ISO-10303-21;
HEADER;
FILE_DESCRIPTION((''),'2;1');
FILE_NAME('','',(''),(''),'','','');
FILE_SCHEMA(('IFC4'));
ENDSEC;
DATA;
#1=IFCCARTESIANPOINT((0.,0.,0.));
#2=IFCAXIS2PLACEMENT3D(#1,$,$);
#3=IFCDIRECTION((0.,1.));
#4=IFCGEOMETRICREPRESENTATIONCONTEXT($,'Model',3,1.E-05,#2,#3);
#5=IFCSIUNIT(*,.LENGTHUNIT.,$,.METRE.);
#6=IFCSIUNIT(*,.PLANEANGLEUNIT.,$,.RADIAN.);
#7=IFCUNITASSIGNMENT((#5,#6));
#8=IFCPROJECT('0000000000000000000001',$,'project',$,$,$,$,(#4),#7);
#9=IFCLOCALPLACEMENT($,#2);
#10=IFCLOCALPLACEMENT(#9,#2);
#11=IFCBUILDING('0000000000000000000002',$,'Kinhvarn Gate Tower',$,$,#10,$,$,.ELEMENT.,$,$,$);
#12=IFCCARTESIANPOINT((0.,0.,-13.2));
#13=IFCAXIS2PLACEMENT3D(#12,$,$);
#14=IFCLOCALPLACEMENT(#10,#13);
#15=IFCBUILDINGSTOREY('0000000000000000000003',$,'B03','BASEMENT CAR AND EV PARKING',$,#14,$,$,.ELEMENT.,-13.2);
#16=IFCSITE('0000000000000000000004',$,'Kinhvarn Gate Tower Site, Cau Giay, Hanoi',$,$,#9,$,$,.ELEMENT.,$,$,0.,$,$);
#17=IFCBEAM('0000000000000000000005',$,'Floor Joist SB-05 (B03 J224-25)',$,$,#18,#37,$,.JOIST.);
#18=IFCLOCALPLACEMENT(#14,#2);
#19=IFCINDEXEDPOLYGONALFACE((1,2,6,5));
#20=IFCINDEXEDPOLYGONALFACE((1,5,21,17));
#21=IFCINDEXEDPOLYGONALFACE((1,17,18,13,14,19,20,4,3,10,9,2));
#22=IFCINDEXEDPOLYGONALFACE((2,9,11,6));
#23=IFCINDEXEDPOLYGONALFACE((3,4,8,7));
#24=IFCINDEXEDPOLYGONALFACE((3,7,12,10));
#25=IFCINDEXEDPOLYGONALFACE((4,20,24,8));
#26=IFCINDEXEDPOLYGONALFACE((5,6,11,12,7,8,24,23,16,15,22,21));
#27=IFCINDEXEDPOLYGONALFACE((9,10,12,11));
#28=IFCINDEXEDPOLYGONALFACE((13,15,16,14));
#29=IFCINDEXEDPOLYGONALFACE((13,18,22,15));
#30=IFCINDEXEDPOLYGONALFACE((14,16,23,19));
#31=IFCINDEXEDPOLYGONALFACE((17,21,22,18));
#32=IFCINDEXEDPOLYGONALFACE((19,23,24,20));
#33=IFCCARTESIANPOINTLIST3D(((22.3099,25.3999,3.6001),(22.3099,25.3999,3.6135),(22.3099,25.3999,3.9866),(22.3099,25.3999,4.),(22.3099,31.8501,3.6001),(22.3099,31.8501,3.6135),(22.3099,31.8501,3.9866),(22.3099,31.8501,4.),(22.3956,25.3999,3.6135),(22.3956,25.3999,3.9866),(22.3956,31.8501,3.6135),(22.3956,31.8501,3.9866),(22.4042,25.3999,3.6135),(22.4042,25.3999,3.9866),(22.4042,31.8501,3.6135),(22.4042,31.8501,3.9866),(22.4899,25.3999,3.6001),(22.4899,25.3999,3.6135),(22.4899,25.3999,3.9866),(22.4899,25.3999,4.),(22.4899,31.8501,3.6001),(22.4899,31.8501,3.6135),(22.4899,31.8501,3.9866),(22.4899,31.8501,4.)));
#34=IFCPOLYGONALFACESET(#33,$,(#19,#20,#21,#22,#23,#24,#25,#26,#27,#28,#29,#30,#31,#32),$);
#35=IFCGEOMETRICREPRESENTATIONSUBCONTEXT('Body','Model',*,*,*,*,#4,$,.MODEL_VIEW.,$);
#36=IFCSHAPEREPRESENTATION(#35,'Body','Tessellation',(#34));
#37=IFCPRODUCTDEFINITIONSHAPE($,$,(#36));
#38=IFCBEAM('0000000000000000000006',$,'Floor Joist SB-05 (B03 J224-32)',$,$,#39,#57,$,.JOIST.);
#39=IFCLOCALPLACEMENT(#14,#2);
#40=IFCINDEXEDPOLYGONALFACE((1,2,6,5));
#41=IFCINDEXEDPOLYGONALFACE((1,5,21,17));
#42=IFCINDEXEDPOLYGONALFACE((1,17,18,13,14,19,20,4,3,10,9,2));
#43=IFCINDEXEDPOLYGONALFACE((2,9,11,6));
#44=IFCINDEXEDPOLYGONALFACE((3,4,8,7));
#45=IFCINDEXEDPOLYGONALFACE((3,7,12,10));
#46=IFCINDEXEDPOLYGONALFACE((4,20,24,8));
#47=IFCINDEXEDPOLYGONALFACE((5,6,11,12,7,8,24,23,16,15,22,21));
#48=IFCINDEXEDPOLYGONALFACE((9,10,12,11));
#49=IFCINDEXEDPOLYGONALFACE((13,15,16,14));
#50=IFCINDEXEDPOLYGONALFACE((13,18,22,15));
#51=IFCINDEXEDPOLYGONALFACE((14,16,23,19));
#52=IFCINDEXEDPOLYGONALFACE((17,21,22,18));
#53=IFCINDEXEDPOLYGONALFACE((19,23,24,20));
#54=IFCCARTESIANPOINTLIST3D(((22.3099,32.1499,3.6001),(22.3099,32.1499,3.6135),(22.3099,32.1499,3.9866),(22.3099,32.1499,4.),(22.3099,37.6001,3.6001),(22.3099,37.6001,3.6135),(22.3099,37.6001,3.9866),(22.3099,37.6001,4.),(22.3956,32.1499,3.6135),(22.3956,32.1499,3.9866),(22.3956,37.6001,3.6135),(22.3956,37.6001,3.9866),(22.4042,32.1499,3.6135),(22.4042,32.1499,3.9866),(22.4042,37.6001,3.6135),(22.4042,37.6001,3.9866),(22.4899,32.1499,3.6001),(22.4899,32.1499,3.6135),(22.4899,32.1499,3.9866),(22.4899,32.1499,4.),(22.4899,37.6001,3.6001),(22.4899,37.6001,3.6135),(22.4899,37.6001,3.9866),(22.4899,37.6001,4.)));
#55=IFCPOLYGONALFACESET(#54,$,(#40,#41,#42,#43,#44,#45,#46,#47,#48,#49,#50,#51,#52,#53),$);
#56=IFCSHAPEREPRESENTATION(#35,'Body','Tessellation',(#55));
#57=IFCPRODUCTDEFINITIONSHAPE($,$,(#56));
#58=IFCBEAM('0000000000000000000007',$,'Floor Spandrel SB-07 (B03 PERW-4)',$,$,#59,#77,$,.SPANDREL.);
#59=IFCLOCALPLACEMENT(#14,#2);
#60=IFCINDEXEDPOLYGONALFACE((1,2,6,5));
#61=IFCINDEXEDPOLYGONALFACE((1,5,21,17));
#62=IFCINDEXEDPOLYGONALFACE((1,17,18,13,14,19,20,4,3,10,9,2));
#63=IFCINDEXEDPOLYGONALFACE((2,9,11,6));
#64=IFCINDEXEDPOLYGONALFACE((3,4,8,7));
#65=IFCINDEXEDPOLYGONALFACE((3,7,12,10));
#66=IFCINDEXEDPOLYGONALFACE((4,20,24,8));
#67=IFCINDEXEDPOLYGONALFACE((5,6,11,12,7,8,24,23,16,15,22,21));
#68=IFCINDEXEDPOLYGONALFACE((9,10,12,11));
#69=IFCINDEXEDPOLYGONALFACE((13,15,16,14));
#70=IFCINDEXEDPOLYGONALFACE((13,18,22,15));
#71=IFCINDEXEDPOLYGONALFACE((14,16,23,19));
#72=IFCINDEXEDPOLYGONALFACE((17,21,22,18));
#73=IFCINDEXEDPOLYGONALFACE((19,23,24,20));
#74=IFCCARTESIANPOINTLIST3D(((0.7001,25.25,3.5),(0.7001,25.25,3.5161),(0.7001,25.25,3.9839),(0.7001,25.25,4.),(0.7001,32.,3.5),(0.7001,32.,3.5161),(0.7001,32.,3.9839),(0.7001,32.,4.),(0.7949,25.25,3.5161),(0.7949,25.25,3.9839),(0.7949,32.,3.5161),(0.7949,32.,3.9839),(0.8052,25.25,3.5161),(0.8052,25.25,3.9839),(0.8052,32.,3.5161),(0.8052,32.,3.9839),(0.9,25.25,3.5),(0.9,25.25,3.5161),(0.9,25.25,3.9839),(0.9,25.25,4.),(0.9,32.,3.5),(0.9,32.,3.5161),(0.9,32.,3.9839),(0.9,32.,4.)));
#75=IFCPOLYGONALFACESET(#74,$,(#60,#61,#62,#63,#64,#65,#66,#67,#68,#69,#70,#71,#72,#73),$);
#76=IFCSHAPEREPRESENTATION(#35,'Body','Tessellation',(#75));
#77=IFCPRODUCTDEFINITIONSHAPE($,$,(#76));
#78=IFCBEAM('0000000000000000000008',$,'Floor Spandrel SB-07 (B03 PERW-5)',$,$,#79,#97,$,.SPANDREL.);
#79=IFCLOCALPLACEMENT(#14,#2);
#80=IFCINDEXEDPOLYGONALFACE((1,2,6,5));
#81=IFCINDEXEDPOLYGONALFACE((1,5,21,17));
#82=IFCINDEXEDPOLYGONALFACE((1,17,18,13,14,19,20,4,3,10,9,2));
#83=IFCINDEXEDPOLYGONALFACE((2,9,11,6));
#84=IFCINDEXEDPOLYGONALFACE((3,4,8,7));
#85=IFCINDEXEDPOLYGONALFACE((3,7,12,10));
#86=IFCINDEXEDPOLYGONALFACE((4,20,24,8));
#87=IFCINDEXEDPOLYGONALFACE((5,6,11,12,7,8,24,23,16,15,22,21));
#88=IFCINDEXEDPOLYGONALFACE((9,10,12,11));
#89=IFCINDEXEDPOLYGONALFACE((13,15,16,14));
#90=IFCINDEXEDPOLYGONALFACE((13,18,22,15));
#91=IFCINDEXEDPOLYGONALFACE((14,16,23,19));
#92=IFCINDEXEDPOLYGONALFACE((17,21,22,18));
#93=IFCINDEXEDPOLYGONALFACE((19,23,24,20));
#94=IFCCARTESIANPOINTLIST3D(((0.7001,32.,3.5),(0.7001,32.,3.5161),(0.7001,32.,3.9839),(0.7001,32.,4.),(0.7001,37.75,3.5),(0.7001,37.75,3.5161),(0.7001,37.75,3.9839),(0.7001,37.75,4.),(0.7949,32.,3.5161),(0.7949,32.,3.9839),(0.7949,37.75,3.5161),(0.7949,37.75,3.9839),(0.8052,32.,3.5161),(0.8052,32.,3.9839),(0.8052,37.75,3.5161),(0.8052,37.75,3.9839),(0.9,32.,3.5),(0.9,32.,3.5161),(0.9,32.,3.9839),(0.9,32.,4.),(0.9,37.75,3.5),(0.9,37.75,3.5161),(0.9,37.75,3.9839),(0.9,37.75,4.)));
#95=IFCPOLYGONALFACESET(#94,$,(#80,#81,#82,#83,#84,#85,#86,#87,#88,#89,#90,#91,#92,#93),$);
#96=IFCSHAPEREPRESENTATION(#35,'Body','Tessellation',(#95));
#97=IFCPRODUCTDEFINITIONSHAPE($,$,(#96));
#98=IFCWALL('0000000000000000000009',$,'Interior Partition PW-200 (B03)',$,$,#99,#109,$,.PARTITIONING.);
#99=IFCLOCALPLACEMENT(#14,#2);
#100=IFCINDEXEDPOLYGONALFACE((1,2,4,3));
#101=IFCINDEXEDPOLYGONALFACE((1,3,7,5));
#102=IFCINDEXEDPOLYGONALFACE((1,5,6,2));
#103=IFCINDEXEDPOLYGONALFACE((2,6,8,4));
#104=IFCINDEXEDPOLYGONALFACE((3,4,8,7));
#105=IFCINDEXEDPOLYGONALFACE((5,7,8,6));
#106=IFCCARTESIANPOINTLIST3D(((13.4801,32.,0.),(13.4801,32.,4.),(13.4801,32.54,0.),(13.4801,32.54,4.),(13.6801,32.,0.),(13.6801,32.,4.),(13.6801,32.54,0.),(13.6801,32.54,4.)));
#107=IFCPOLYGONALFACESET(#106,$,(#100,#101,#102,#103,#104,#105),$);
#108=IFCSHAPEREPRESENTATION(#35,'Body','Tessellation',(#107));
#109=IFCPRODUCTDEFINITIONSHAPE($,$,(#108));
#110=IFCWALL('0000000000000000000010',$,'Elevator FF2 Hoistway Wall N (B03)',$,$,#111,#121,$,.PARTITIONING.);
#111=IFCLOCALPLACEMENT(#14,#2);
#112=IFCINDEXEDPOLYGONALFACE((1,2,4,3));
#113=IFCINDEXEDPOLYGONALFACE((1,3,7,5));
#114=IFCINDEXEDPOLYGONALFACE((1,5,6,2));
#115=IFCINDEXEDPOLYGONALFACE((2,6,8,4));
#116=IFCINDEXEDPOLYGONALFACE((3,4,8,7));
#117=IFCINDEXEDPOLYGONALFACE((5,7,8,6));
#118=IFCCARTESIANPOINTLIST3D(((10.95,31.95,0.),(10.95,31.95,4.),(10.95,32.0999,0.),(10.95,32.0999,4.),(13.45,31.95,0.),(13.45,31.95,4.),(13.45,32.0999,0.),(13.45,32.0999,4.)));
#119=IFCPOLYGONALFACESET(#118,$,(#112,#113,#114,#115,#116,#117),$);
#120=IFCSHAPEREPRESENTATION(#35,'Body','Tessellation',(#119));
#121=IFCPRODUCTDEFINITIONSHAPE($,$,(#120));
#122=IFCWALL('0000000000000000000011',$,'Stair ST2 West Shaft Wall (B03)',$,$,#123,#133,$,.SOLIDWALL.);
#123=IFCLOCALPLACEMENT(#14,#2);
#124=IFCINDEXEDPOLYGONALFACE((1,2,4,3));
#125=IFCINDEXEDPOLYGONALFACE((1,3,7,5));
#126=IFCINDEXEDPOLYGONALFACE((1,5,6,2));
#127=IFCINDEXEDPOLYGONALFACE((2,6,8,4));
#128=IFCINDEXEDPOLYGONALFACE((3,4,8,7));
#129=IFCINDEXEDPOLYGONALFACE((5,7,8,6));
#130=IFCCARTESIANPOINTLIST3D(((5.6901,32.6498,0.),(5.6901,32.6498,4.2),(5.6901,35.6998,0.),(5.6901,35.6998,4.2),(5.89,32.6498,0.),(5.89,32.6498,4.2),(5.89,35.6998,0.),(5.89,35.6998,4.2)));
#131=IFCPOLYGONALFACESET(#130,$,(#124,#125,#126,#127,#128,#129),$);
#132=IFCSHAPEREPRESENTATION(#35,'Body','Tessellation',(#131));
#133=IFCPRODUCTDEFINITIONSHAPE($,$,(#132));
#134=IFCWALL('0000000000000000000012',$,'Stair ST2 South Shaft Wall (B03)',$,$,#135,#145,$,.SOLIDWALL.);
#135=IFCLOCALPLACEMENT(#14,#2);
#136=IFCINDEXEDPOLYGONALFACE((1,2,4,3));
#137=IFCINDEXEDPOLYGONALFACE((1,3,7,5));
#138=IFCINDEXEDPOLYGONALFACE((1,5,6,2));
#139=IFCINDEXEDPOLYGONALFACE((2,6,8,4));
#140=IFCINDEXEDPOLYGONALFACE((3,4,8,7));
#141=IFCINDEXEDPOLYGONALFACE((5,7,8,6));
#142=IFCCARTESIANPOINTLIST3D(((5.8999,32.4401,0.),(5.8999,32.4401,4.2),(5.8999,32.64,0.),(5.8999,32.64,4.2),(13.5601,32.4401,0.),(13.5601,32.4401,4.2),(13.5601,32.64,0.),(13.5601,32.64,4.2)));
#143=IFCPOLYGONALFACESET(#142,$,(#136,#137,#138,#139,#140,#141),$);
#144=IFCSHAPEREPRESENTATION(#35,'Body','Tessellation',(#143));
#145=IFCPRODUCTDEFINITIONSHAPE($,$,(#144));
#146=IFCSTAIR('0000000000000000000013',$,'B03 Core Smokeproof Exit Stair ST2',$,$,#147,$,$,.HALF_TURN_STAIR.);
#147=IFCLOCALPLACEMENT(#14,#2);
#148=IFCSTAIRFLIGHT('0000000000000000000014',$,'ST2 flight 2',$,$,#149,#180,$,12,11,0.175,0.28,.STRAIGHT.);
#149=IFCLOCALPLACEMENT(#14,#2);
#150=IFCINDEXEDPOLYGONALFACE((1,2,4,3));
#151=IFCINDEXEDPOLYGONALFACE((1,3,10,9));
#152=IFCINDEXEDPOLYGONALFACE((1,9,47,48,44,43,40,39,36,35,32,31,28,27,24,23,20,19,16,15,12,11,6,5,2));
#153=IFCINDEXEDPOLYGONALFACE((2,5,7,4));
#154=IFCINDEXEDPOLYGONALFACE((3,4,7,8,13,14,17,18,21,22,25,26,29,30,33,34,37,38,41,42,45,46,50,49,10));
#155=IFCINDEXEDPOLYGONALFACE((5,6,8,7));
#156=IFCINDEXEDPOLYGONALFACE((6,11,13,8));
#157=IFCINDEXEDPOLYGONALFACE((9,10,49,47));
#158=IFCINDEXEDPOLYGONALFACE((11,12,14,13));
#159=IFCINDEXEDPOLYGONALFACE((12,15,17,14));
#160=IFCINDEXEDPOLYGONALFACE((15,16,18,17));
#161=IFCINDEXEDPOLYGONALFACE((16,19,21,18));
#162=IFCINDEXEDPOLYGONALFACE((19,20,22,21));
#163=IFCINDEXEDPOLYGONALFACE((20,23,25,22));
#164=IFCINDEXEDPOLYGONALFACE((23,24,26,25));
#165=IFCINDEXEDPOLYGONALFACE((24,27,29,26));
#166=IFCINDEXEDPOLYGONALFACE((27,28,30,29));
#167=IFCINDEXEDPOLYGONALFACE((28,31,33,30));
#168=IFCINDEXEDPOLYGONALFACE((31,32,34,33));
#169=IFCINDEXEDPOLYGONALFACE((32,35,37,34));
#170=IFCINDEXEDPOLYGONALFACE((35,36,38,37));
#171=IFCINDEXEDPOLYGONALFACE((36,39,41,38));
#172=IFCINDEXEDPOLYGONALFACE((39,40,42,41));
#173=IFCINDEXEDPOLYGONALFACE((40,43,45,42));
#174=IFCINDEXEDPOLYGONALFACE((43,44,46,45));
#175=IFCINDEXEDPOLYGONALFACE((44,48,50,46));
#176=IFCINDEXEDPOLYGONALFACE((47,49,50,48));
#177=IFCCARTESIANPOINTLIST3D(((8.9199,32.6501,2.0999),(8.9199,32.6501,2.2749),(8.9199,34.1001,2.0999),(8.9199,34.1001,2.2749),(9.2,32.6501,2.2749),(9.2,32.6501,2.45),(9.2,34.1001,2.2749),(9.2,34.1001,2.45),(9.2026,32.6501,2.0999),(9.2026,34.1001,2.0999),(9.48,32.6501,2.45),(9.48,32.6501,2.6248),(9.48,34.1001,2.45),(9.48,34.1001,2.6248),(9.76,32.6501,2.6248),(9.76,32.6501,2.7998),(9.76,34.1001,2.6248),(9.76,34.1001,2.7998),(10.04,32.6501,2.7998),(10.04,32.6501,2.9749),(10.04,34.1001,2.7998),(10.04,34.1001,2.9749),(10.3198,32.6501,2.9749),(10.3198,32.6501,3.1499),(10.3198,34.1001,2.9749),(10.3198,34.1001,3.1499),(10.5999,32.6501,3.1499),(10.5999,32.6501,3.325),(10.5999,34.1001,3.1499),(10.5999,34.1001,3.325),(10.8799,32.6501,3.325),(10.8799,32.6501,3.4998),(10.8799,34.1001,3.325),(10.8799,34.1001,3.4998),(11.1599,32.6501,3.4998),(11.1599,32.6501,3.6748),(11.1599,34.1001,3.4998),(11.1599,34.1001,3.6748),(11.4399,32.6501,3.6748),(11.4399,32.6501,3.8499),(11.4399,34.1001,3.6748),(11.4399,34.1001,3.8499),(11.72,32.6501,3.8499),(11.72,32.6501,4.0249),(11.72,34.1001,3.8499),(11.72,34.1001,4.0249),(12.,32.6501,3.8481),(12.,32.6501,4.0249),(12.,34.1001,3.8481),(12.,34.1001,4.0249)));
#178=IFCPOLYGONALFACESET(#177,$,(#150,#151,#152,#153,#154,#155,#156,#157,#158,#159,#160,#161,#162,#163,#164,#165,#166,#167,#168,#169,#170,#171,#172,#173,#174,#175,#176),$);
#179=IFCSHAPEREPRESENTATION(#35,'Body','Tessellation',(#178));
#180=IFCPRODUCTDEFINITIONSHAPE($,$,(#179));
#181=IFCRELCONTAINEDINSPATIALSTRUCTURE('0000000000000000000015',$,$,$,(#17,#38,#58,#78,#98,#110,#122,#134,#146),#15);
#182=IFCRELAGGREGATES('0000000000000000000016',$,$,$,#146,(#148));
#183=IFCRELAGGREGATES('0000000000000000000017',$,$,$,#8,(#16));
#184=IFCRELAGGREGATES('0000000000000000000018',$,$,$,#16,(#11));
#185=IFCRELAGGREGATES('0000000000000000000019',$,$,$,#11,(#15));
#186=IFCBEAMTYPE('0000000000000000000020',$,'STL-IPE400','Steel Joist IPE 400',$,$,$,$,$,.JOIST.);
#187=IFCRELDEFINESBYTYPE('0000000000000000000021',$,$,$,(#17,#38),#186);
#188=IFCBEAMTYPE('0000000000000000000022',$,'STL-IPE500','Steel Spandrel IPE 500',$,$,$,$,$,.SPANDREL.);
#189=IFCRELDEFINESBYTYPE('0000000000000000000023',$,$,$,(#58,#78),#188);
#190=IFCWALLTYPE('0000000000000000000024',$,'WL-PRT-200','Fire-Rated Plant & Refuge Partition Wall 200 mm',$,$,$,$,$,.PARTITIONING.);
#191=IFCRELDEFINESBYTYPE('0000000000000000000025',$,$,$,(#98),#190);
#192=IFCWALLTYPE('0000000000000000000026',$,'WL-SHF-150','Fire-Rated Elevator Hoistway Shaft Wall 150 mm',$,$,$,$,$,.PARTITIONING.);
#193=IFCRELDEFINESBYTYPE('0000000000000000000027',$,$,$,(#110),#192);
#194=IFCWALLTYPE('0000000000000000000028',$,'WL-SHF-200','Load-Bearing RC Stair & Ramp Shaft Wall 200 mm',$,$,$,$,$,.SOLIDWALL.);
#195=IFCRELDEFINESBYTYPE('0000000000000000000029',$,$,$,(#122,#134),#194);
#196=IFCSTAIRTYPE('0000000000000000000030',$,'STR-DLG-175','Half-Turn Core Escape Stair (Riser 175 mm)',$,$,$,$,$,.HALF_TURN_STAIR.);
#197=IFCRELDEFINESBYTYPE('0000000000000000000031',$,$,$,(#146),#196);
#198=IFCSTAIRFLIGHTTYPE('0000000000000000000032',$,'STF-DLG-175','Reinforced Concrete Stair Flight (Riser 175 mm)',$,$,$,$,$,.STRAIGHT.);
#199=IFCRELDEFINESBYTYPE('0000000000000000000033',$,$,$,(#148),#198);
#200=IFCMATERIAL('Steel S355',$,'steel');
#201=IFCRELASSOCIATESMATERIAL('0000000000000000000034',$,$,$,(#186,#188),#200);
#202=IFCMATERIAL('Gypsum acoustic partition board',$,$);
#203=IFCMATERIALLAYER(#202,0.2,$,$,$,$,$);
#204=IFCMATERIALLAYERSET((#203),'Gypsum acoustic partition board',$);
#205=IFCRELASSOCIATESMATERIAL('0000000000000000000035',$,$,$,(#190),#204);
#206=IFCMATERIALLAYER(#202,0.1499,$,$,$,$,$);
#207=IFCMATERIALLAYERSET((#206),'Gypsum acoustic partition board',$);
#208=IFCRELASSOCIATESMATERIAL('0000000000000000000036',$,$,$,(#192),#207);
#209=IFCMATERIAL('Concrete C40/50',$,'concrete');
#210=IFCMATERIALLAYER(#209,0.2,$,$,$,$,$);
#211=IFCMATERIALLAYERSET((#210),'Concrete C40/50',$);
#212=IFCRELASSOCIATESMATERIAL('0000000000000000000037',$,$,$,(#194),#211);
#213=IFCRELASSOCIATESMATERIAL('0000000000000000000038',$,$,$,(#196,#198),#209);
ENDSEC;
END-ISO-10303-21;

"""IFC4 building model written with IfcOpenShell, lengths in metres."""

from ifc_helpers import new_model, si_unit, direction, frame, frame_2d, origin, origin_2d, place, context, subcontext, project, spatial, polyline, rectangle, i_section, outline, extrude, material, layer, layer_set, material_profile, profile_set, type_object, element, aggregate, save


model = new_model("IFC4")

# Units and contexts
model_context = context("Model", 3, precision=1e-05, world=origin(), true_north=direction((0.0, 1.0)))
body_context = subcontext(model_context, "Body", "Model", "MODEL_VIEW")
ifc_project = project(units=[si_unit("LENGTHUNIT", "METRE"), si_unit("PLANEANGLEUNIT", "RADIAN")], contexts=[model_context])

# Site, building, storey
site_placement = place(None, origin())
site = spatial("IfcSite", under=ifc_project, at=site_placement, Name="Kinhvarn Gate Tower Site, Cau Giay, Hanoi", CompositionType="ELEMENT", RefElevation=0.0)
building_placement = place(site_placement, origin())
building = spatial("IfcBuilding", under=site, at=building_placement, Name="Kinhvarn Gate Tower", CompositionType="ELEMENT")
storey_placement = place(building_placement, frame((0.0, 0.0, -13.2)))
storey = spatial("IfcBuildingStorey", under=building, at=storey_placement, Name="B03", Description="BASEMENT CAR AND EV PARKING", CompositionType="ELEMENT", Elevation=-13.2)

# Beams
ifc_material_1 = material(Name="Steel S355", Category="steel")
ifc_material_profile_1 = material_profile(ifc_material_1, i_section(OverallWidth=0.1799, OverallDepth=0.3999, WebThickness=0.0085, FlangeThickness=0.0134, at=origin_2d()), Name="IPE 400")
ifc_profile_set_1 = profile_set([ifc_material_profile_1], Name="Steel S355")
beam_type_1 = type_object("IfcBeamType", Name="STL-IPE400", Description="Steel Joist IPE 400", PredefinedType="JOIST", material=ifc_profile_set_1)
beam_1_placement = place(storey_placement, frame((22.3999, 25.3999, 3.8), z_axis=(0.0, 1.0, 0.0), x_axis=(-1.0, 0.0, 0.0)))
element("IfcBeam", 1, at=beam_1_placement, inside=storey, type_object=beam_type_1, Name="Floor Joist SB-05 (B03 J224-25)", PredefinedType="JOIST", context=body_context, shape_type="SweptSolid", body=[
    extrude(i_section(OverallWidth=0.1799, OverallDepth=0.3999, WebThickness=0.0085, FlangeThickness=0.0134, at=origin_2d()), origin(), (0.0, 0.0, 1.0), 6.4502),
])
beam_2_placement = place(storey_placement, frame((22.3999, 32.1499, 3.8), z_axis=(0.0, 1.0, 0.0), x_axis=(-1.0, 0.0, 0.0)))
element("IfcBeam", 2, at=beam_2_placement, inside=storey, type_object=beam_type_1, Name="Floor Joist SB-05 (B03 J224-32)", PredefinedType="JOIST", context=body_context, shape_type="SweptSolid", body=[
    extrude(i_section(OverallWidth=0.1799, OverallDepth=0.3999, WebThickness=0.0085, FlangeThickness=0.0134, at=origin_2d()), origin(), (0.0, 0.0, 1.0), 5.4502),
])
ifc_material_profile_2 = material_profile(ifc_material_1, i_section(OverallWidth=0.2, OverallDepth=0.5, WebThickness=0.0103, FlangeThickness=0.0161, at=origin_2d()), Name="IPE 500")
ifc_profile_set_2 = profile_set([ifc_material_profile_2], Name="Steel S355")
beam_type_2 = type_object("IfcBeamType", Name="STL-IPE500", Description="Steel Spandrel IPE 500", PredefinedType="SPANDREL", material=ifc_profile_set_2)
beam_3_placement = place(storey_placement, frame((0.8, 25.25, 3.75), z_axis=(0.0, 1.0, 0.0), x_axis=(-1.0, 0.0, 0.0)))
element("IfcBeam", 3, at=beam_3_placement, inside=storey, type_object=beam_type_2, Name="Floor Spandrel SB-07 (B03 PERW-4)", PredefinedType="SPANDREL", context=body_context, shape_type="SweptSolid", body=[
    extrude(i_section(OverallWidth=0.2, OverallDepth=0.5, WebThickness=0.0103, FlangeThickness=0.0161, at=origin_2d()), origin(), (0.0, 0.0, 1.0), 6.75),
])
beam_4_placement = place(storey_placement, frame((0.8, 32.0, 3.75), z_axis=(0.0, 1.0, 0.0), x_axis=(-1.0, 0.0, 0.0)))
element("IfcBeam", 4, at=beam_4_placement, inside=storey, type_object=beam_type_2, Name="Floor Spandrel SB-07 (B03 PERW-5)", PredefinedType="SPANDREL", context=body_context, shape_type="SweptSolid", body=[
    extrude(i_section(OverallWidth=0.2, OverallDepth=0.5, WebThickness=0.0103, FlangeThickness=0.0161, at=origin_2d()), origin(), (0.0, 0.0, 1.0), 5.75),
])

# Walls
ifc_material_2 = material(Name="Gypsum acoustic partition board")
ifc_layer_1 = layer(ifc_material_2, 0.2)
ifc_layer_set_1 = layer_set([ifc_layer_1], Name="Gypsum acoustic partition board")
wall_type_1 = type_object("IfcWallType", Name="WL-PRT-200", Description="Fire-Rated Plant & Refuge Partition Wall 200 mm", PredefinedType="PARTITIONING", material=ifc_layer_set_1)
wall_1_placement = place(storey_placement, frame((13.5801, 32.0, 0.0), z_axis=(0.0, 0.0, 1.0), x_axis=(0.0, 1.0, 0.0)))
element("IfcWall", 5, at=wall_1_placement, inside=storey, type_object=wall_type_1, Name="Interior Partition PW-200 (B03)", PredefinedType="PARTITIONING", context=body_context, shape_type="SweptSolid", body=[
    extrude(rectangle(XDim=0.54, YDim=0.2, at=frame_2d((0.27, 0.0))), origin(), (0.0, 0.0, 1.0), 4.0),
])
ifc_layer_2 = layer(ifc_material_2, 0.1499)
ifc_layer_set_2 = layer_set([ifc_layer_2], Name="Gypsum acoustic partition board")
wall_type_2 = type_object("IfcWallType", Name="WL-SHF-150", Description="Fire-Rated Elevator Hoistway Shaft Wall 150 mm", PredefinedType="PARTITIONING", material=ifc_layer_set_2)
wall_2_placement = place(storey_placement, frame((10.95, 32.0249, 0.0), z_axis=(0.0, 0.0, 1.0), x_axis=(1.0, 0.0, 0.0)))
element("IfcWall", 6, at=wall_2_placement, inside=storey, type_object=wall_type_2, Name="Elevator FF2 Hoistway Wall N (B03)", PredefinedType="PARTITIONING", context=body_context, shape_type="SweptSolid", body=[
    extrude(rectangle(XDim=2.5, YDim=0.1499, at=frame_2d((1.25, 0.0))), origin(), (0.0, 0.0, 1.0), 4.0),
])
ifc_material_3 = material(Name="Concrete C40/50", Category="concrete")
ifc_layer_3 = layer(ifc_material_3, 0.2)
ifc_layer_set_3 = layer_set([ifc_layer_3], Name="Concrete C40/50")
wall_type_3 = type_object("IfcWallType", Name="WL-SHF-200", Description="Load-Bearing RC Stair & Ramp Shaft Wall 200 mm", PredefinedType="SOLIDWALL", material=ifc_layer_set_3)
wall_3_placement = place(storey_placement, frame((5.79, 32.6499, 0.0), z_axis=(0.0, 0.0, 1.0), x_axis=(0.0, 1.0, 0.0)))
element("IfcWall", 7, at=wall_3_placement, inside=storey, type_object=wall_type_3, Name="Stair ST2 West Shaft Wall (B03)", PredefinedType="SOLIDWALL", context=body_context, shape_type="SweptSolid", body=[
    extrude(rectangle(XDim=3.05, YDim=0.2, at=frame_2d((1.5249, 0.0))), origin(), (0.0, 0.0, 1.0), 4.2),
])
wall_4_placement = place(storey_placement, frame((5.8999, 32.54, 0.0), z_axis=(0.0, 0.0, 1.0), x_axis=(1.0, 0.0, 0.0)))
element("IfcWall", 8, at=wall_4_placement, inside=storey, type_object=wall_type_3, Name="Stair ST2 South Shaft Wall (B03)", PredefinedType="SOLIDWALL", context=body_context, shape_type="SweptSolid", body=[
    extrude(rectangle(XDim=7.6602, YDim=0.2, at=frame_2d((3.8301, 0.0))), origin(), (0.0, 0.0, 1.0), 4.2),
])

# Stair, stair flight
stair_type = type_object("IfcStairType", Name="STR-DLG-175", Description="Half-Turn Core Escape Stair (Riser 175 mm)", PredefinedType="HALF_TURN_STAIR", material=ifc_material_3)
stair_placement = place(storey_placement, origin())
stair = element("IfcStair", 9, at=stair_placement, inside=storey, type_object=stair_type, Name="B03 Core Smokeproof Exit Stair ST2", PredefinedType="HALF_TURN_STAIR")
stair_flight_type = type_object("IfcStairFlightType", Name="STF-DLG-175", Description="Reinforced Concrete Stair Flight (Riser 175 mm)", PredefinedType="STRAIGHT", material=ifc_material_3)
stair_flight_placement = place(storey_placement, frame((8.9199, 33.375, 2.0999), z_axis=(0.0, 0.0, 1.0), x_axis=(1.0, 0.0, 0.0)))
stair_flight = element("IfcStairFlight", 10, at=stair_flight_placement, type_object=stair_flight_type, Name="ST2 flight 2", NumberOfRisers=12, NumberOfTreads=11, PredefinedType="STRAIGHT", RiserHeight=0.175, TreadLength=0.28, context=body_context, shape_type="SweptSolid", body=[
    extrude(outline(polyline([(0.0, 0.0), (0.0, 0.175), (0.28, 0.175), (0.28, 0.3501), (0.5601, 0.3501), (0.5601, 0.5249), (0.8401, 0.5249), (0.8401, 0.7), (1.1201, 0.7), (1.1201, 0.875), (1.3999, 0.875), (1.3999, 1.05), (1.6799, 1.05), (1.6799, 1.2251), (1.96, 1.2251), (1.96, 1.3999), (2.24, 1.3999), (2.24, 1.575), (2.52, 1.575), (2.52, 1.75), (2.8, 1.75), (2.8, 1.925), (3.0801, 1.925), (3.0801, 2.1001), (3.0801, 1.7483), (0.2827, 0.0), (0.0, 0.0)])), frame((0.0, 0.7251, 0.0), z_axis=(0.0, -1.0, 0.0), x_axis=(1.0, 0.0, 0.0)), (0.0, 0.0, 1.0), 1.45),
])
aggregate(stair, [stair_flight])

save(model, "model.ifc")
